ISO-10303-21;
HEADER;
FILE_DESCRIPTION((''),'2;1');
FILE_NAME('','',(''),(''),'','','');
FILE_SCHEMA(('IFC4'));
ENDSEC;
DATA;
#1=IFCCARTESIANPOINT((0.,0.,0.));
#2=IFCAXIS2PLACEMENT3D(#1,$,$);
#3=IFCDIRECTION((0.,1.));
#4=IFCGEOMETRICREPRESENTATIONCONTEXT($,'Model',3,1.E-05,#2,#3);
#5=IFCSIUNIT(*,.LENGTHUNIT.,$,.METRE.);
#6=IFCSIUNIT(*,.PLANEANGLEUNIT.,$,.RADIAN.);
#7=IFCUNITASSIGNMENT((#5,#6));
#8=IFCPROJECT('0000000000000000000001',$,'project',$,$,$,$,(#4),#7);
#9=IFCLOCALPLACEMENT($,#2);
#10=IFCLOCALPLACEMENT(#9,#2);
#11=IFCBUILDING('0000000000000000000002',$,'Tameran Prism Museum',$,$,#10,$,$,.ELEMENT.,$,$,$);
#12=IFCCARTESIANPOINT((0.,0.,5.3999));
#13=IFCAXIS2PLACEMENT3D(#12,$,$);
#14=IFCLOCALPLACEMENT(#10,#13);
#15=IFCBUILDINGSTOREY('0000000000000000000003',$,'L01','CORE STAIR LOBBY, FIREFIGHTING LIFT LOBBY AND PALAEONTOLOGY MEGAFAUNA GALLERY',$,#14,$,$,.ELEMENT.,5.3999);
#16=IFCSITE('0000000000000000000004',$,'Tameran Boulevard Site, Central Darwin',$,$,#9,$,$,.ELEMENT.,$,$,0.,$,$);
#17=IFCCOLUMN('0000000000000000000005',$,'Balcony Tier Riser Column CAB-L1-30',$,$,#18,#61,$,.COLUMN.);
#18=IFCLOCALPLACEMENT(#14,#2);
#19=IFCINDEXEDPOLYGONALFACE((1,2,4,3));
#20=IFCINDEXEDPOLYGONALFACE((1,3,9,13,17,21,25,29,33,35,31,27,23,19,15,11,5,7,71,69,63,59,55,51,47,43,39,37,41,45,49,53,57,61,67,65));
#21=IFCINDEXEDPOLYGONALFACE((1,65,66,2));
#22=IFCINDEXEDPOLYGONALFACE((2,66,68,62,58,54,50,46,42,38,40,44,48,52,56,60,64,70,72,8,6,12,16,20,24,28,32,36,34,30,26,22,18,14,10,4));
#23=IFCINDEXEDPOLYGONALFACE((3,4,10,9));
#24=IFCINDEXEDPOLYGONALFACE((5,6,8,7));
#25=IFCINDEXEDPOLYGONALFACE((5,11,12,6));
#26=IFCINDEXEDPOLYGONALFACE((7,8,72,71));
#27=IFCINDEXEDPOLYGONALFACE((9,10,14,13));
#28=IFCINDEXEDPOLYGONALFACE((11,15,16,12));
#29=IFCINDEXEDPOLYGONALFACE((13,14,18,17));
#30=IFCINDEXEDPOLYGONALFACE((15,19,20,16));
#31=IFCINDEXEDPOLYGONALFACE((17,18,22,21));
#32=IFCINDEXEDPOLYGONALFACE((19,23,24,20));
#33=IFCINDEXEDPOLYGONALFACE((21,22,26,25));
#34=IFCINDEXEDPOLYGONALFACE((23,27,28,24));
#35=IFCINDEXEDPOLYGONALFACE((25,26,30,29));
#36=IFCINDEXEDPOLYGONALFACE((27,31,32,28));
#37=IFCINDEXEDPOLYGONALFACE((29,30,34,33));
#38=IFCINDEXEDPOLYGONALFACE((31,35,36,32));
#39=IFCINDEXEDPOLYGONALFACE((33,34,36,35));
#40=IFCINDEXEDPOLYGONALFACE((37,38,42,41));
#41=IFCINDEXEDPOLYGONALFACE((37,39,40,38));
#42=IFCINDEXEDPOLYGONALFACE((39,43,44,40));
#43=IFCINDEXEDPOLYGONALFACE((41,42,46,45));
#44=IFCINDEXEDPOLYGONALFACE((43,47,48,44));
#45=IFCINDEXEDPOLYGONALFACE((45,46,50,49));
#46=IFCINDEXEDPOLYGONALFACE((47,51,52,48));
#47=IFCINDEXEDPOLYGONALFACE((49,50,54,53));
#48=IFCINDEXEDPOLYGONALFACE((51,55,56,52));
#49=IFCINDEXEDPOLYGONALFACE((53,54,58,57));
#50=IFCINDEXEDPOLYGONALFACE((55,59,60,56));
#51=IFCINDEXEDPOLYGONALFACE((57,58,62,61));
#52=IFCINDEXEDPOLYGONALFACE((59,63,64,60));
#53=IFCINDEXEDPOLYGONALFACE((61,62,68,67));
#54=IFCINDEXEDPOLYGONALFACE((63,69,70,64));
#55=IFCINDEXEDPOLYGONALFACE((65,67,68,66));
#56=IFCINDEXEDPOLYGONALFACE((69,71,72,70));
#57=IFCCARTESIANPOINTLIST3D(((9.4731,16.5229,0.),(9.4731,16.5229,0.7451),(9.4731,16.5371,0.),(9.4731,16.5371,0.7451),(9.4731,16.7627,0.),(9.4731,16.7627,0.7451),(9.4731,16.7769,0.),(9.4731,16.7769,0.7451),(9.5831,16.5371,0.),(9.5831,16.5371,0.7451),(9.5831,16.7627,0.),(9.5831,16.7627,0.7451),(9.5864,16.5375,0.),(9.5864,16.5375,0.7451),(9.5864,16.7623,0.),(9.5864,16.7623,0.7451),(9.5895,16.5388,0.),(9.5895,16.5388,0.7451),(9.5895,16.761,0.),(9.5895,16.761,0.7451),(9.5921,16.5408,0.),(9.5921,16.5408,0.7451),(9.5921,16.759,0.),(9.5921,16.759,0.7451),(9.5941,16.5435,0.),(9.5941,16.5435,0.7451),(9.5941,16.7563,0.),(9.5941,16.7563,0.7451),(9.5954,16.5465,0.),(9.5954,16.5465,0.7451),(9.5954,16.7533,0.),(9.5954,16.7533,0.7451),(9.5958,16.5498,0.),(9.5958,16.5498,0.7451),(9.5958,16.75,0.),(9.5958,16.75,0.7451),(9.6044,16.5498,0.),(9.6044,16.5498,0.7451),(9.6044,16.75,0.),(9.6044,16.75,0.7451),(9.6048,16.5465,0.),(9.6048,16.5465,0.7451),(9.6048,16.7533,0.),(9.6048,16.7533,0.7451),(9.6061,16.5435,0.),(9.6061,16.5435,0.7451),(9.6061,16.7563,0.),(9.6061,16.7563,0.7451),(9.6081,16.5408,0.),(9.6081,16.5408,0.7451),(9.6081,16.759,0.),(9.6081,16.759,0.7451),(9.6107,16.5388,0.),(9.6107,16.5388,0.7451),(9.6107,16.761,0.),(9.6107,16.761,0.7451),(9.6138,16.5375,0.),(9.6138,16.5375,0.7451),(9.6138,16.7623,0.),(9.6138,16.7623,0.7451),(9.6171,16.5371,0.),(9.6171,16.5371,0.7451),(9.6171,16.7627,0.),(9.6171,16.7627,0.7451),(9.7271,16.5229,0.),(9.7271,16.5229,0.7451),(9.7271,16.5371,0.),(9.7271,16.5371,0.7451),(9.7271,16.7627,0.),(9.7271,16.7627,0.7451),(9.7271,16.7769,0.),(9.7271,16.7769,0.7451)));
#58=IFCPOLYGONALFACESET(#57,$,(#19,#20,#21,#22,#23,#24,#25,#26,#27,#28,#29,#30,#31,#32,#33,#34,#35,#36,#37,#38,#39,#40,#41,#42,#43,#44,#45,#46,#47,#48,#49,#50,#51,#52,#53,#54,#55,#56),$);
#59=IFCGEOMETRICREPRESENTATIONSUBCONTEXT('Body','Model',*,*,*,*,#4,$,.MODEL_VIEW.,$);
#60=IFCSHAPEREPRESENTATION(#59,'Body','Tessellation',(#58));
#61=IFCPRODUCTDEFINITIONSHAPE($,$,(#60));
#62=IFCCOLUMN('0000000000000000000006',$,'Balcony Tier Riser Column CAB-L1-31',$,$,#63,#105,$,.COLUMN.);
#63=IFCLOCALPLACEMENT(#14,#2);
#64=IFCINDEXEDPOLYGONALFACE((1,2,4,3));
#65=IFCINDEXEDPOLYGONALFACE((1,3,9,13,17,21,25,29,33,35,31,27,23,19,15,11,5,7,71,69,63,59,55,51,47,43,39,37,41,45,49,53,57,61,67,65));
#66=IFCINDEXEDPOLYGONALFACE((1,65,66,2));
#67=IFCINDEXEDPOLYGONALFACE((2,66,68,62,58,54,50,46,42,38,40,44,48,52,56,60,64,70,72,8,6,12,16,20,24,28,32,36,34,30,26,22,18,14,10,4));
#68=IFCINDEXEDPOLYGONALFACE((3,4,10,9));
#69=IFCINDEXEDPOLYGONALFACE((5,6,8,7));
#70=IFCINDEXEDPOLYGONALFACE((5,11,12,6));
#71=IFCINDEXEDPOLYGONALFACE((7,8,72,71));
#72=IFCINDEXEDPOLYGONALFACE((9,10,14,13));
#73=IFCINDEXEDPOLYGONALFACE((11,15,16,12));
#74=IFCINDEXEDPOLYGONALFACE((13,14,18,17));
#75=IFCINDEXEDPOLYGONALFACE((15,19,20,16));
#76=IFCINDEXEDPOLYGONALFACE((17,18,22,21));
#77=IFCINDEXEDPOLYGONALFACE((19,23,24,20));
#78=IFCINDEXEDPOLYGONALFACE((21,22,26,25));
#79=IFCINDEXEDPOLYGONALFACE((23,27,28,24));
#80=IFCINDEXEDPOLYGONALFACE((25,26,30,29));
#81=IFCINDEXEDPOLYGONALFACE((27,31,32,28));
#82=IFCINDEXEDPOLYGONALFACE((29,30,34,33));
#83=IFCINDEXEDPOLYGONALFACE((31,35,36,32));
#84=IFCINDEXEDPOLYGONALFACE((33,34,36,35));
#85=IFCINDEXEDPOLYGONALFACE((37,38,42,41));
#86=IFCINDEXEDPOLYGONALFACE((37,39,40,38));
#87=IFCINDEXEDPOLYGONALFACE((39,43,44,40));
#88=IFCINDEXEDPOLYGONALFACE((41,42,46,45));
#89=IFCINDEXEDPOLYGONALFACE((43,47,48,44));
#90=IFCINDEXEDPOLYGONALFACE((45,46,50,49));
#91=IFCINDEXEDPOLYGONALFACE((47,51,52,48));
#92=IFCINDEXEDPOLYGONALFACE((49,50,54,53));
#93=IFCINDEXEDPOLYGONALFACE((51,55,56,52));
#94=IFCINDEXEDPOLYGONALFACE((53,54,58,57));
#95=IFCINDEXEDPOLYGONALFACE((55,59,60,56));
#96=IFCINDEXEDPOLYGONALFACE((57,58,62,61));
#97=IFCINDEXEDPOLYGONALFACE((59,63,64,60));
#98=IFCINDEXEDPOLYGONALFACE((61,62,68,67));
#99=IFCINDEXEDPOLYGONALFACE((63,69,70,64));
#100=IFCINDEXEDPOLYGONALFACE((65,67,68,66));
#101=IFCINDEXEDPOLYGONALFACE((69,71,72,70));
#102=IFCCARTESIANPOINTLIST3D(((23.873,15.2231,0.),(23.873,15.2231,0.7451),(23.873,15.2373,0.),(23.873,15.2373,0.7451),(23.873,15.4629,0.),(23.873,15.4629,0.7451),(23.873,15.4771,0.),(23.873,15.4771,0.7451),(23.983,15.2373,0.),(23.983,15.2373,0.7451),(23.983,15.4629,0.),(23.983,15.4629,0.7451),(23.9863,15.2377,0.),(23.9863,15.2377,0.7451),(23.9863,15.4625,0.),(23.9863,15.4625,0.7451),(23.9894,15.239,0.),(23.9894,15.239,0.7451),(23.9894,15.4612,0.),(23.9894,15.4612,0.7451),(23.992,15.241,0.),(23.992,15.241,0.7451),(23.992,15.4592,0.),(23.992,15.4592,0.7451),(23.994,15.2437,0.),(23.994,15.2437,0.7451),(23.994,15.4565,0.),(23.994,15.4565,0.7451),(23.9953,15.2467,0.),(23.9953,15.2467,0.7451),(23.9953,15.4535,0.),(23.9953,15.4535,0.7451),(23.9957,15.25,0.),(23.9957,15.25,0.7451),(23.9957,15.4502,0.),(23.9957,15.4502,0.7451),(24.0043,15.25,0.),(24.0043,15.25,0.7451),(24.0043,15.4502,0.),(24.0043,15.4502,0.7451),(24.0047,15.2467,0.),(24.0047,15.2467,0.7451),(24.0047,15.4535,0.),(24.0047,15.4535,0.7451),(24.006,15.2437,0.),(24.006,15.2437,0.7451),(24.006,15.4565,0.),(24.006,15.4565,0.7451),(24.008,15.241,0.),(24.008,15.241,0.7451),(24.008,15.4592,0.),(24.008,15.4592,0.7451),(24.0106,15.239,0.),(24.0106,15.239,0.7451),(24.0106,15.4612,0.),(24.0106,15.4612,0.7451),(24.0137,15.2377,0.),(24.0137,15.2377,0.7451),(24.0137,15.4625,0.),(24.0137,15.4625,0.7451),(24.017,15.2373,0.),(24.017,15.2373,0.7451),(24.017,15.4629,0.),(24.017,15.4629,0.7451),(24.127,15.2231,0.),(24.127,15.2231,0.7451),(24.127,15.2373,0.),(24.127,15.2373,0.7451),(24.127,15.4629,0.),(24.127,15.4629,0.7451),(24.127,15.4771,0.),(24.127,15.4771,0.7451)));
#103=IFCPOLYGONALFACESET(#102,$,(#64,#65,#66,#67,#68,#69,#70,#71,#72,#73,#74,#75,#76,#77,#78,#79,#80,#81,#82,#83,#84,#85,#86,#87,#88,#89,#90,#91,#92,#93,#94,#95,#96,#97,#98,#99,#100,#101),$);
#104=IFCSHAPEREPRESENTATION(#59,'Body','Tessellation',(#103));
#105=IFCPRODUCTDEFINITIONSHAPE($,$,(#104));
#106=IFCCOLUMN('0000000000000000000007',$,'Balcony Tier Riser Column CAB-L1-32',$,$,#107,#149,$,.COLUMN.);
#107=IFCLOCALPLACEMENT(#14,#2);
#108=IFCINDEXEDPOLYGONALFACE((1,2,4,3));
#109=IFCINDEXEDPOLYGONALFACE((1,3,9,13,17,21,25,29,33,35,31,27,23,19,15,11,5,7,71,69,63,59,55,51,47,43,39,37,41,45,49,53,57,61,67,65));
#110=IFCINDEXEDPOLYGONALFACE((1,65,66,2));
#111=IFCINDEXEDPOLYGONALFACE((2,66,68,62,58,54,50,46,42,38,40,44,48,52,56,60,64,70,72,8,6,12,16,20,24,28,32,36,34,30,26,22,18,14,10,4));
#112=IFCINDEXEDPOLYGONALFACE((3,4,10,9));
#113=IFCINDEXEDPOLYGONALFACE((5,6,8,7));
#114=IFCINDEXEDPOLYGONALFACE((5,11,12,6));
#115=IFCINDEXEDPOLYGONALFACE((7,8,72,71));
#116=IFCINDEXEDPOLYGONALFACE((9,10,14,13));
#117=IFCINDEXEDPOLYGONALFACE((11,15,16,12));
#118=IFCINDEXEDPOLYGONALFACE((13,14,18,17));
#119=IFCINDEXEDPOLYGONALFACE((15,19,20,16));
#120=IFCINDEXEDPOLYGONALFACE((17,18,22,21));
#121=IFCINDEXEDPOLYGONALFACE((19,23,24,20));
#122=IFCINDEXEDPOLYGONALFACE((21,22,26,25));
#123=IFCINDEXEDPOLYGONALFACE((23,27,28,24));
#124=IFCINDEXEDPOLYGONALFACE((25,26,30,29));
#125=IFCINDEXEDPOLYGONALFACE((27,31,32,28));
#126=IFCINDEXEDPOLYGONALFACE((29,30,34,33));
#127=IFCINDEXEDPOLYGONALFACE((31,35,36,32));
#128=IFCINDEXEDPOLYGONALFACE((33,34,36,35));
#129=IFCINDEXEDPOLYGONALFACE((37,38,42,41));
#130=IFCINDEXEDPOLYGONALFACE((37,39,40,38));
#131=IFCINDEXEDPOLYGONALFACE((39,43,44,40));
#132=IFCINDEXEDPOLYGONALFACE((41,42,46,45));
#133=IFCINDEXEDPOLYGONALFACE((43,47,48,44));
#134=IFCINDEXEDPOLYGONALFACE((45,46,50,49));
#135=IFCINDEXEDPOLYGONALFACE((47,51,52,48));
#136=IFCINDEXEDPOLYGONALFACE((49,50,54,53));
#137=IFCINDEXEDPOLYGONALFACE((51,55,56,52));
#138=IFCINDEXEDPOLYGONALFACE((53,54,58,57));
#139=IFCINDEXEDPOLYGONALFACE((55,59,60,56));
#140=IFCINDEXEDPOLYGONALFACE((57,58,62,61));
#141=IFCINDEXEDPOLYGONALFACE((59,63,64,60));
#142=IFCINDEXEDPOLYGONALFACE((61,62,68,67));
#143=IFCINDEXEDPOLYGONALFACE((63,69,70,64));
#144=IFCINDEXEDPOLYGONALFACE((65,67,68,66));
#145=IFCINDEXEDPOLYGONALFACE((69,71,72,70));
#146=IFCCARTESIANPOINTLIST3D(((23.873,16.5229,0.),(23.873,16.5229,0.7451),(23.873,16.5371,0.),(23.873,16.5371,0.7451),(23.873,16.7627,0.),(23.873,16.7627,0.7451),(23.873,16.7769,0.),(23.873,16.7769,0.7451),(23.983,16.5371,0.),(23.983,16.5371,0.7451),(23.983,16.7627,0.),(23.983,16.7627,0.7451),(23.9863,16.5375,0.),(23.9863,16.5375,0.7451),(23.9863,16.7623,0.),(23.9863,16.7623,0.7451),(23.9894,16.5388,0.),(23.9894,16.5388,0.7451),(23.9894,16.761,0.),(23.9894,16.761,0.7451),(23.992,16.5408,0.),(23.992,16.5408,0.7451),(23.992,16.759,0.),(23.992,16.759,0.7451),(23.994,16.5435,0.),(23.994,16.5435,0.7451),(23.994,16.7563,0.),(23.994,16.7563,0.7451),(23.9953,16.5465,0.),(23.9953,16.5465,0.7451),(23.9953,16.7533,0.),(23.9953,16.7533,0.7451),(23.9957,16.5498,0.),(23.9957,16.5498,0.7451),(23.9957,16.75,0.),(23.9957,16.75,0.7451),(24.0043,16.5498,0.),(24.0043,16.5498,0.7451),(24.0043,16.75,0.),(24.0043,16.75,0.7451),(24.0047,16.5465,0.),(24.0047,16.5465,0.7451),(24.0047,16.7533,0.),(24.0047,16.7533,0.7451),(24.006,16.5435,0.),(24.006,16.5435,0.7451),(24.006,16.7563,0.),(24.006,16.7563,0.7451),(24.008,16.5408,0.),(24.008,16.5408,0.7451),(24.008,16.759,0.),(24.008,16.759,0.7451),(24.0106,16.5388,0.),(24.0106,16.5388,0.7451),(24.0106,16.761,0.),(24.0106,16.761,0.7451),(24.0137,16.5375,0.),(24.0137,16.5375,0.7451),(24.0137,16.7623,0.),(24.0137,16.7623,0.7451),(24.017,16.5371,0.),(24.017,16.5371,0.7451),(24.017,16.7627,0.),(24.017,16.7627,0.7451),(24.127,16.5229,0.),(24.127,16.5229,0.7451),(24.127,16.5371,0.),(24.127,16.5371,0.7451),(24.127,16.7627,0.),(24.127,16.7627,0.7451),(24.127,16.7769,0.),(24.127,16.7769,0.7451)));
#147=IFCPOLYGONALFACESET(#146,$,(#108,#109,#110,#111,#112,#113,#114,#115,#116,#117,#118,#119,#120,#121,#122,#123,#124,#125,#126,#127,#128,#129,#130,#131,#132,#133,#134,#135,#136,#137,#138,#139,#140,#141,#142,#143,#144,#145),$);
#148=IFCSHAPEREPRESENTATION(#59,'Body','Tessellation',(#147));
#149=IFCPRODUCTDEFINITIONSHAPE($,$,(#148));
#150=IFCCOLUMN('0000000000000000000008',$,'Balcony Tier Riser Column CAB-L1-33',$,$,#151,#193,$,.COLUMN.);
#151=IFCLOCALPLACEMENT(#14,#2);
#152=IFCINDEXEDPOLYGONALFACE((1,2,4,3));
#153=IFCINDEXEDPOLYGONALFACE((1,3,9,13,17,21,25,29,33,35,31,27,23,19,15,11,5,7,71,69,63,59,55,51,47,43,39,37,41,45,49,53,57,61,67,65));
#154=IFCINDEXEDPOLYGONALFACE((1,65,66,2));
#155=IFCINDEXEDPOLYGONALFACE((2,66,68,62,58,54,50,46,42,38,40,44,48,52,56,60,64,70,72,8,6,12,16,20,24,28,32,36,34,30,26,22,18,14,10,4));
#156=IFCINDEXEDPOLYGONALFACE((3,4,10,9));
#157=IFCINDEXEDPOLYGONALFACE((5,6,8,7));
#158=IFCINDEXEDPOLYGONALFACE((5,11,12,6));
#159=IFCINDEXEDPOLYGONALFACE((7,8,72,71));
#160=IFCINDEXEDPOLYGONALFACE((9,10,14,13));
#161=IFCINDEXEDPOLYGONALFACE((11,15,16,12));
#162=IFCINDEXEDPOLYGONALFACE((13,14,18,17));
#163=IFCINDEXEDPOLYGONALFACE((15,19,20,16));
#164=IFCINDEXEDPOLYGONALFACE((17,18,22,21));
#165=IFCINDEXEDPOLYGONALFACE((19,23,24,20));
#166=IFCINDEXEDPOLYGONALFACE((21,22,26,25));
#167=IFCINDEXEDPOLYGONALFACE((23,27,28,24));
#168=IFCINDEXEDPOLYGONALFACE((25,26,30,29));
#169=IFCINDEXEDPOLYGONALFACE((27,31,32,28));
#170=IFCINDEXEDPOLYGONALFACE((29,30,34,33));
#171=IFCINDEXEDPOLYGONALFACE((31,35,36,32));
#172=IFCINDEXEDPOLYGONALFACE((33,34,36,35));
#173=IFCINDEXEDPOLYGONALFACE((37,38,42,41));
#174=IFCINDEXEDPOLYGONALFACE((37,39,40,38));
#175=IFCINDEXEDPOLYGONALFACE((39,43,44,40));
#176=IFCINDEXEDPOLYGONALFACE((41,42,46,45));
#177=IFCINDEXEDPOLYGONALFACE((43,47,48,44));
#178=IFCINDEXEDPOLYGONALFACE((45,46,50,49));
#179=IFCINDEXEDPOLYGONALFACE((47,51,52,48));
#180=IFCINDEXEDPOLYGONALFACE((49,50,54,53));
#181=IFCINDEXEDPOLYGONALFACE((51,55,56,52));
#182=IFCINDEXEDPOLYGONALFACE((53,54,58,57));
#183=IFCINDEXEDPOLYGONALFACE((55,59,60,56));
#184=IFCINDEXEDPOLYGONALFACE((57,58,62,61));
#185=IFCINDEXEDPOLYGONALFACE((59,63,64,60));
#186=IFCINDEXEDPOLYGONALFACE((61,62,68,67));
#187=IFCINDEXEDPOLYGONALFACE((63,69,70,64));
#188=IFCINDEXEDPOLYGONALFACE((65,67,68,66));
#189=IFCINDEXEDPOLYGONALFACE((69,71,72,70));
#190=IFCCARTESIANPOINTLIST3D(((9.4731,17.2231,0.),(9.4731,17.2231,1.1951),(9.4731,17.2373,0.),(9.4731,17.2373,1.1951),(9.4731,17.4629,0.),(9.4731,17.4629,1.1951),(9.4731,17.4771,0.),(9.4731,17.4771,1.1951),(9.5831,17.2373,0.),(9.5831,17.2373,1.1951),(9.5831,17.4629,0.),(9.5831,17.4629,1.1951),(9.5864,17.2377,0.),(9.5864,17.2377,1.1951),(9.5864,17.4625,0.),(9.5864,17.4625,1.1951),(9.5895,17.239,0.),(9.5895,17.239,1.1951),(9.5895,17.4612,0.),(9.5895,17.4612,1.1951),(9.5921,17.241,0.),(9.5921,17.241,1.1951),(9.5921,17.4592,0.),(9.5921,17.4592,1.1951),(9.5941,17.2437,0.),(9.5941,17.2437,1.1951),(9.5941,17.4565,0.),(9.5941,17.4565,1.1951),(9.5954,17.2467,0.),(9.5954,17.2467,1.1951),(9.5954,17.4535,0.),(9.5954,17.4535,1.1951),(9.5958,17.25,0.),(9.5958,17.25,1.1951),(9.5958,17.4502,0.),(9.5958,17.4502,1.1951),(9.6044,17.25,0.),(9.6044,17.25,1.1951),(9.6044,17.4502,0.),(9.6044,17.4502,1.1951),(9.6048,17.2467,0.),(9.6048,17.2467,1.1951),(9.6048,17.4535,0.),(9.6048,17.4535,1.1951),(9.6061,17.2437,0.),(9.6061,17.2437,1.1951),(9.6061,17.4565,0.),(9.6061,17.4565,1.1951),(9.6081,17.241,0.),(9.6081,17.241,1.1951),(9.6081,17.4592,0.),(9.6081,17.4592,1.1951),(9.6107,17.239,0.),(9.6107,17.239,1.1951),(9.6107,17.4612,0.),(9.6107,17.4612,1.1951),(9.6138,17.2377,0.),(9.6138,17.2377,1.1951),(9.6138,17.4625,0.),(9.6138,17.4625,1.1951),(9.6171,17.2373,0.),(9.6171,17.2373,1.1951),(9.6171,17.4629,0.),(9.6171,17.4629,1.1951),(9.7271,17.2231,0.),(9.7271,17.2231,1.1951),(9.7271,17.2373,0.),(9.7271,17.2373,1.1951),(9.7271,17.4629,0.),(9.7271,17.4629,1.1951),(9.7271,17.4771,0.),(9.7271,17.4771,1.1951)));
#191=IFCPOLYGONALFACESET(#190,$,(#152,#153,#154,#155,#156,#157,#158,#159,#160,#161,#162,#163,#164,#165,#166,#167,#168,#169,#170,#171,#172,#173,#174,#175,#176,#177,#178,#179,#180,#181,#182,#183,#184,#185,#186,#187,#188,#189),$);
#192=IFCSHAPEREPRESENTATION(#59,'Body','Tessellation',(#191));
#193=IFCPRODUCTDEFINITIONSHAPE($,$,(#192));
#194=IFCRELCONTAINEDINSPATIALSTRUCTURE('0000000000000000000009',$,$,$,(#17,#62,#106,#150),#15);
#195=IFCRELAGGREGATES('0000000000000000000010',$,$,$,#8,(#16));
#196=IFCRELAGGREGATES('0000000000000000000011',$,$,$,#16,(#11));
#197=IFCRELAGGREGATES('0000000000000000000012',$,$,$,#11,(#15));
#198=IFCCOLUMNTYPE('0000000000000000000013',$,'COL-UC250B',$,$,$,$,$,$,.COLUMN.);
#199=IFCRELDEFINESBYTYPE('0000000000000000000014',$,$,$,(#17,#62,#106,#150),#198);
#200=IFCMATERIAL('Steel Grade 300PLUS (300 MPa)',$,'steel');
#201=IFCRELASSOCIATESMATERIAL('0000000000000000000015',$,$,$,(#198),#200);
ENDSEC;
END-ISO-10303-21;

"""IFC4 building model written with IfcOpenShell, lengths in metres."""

from ifc_helpers import new_model, si_unit, direction, frame, origin, origin_2d, place, context, subcontext, project, spatial, i_section, extrude, material, material_profile, profile_set, type_object, element, save


model = new_model("IFC4")

# Units and contexts
model_context = context("Model", 3, precision=1e-05, world=origin(), true_north=direction((0.0, 1.0)))
body_context = subcontext(model_context, "Body", "Model", "MODEL_VIEW")
ifc_project = project(units=[si_unit("LENGTHUNIT", "METRE"), si_unit("PLANEANGLEUNIT", "RADIAN")], contexts=[model_context])

# Site, building, storey
site_placement = place(None, origin())
site = spatial("IfcSite", under=ifc_project, at=site_placement, Name="Tameran Boulevard Site, Central Darwin", CompositionType="ELEMENT", RefElevation=0.0)
building_placement = place(site_placement, origin())
building = spatial("IfcBuilding", under=site, at=building_placement, Name="Tameran Prism Museum", CompositionType="ELEMENT")
storey_placement = place(building_placement, frame((0.0, 0.0, 5.3999)))
storey = spatial("IfcBuildingStorey", under=building, at=storey_placement, Name="L01", Description="CORE STAIR LOBBY, FIREFIGHTING LIFT LOBBY AND PALAEONTOLOGY MEGAFAUNA GALLERY", CompositionType="ELEMENT", Elevation=5.3999)

# Columns
ifc_material_1 = material(Name="Steel Grade 300PLUS (300 MPa)", Category="steel")
ifc_material_profile_1 = material_profile(ifc_material_1, i_section(OverallWidth=0.2539, OverallDepth=0.2539, WebThickness=0.0085, FlangeThickness=0.0142, FilletRadius=0.0127, at=origin_2d()))
ifc_profile_set_1 = profile_set([ifc_material_profile_1])
column_type_1 = type_object("IfcColumnType", Name="COL-UC250B", PredefinedType="COLUMN", material=ifc_profile_set_1)
for number, where, z_axis, x_axis, name in (
    (1, (9.6001, 16.6499, 0.0), (0.0, 0.0, 1.0), (1.0, 0.0, 0.0), "Balcony Tier Riser Column CAB-L1-30"),
    (2, (24.0, 15.3501, 0.0), (0.0, 0.0, 1.0), (1.0, 0.0, 0.0), "Balcony Tier Riser Column CAB-L1-31"),
    (3, (24.0, 16.6499, 0.0), (0.0, 0.0, 1.0), (1.0, 0.0, 0.0), "Balcony Tier Riser Column CAB-L1-32"),
):
    element("IfcColumn", number, at=place(storey_placement, frame(where, z_axis=z_axis, x_axis=x_axis)), inside=storey, type_object=column_type_1, Name=name, PredefinedType="COLUMN", context=body_context, shape_type="SweptSolid", body=[
        extrude(i_section(OverallWidth=0.2539, OverallDepth=0.2539, WebThickness=0.0085, FlangeThickness=0.0142, FilletRadius=0.0127, at=origin_2d()), origin(), (0.0, 0.0, 1.0), 0.7451),
    ])
for number, where, z_axis, x_axis, name in (
    (4, (9.6001, 17.3501, 0.0), (0.0, 0.0, 1.0), (1.0, 0.0, 0.0), "Balcony Tier Riser Column CAB-L1-33"),
):
    element("IfcColumn", number, at=place(storey_placement, frame(where, z_axis=z_axis, x_axis=x_axis)), inside=storey, type_object=column_type_1, Name=name, PredefinedType="COLUMN", context=body_context, shape_type="SweptSolid", body=[
        extrude(i_section(OverallWidth=0.2539, OverallDepth=0.2539, WebThickness=0.0085, FlangeThickness=0.0142, FilletRadius=0.0127, at=origin_2d()), origin(), (0.0, 0.0, 1.0), 1.1951),
    ])

save(model, "model.ifc")
